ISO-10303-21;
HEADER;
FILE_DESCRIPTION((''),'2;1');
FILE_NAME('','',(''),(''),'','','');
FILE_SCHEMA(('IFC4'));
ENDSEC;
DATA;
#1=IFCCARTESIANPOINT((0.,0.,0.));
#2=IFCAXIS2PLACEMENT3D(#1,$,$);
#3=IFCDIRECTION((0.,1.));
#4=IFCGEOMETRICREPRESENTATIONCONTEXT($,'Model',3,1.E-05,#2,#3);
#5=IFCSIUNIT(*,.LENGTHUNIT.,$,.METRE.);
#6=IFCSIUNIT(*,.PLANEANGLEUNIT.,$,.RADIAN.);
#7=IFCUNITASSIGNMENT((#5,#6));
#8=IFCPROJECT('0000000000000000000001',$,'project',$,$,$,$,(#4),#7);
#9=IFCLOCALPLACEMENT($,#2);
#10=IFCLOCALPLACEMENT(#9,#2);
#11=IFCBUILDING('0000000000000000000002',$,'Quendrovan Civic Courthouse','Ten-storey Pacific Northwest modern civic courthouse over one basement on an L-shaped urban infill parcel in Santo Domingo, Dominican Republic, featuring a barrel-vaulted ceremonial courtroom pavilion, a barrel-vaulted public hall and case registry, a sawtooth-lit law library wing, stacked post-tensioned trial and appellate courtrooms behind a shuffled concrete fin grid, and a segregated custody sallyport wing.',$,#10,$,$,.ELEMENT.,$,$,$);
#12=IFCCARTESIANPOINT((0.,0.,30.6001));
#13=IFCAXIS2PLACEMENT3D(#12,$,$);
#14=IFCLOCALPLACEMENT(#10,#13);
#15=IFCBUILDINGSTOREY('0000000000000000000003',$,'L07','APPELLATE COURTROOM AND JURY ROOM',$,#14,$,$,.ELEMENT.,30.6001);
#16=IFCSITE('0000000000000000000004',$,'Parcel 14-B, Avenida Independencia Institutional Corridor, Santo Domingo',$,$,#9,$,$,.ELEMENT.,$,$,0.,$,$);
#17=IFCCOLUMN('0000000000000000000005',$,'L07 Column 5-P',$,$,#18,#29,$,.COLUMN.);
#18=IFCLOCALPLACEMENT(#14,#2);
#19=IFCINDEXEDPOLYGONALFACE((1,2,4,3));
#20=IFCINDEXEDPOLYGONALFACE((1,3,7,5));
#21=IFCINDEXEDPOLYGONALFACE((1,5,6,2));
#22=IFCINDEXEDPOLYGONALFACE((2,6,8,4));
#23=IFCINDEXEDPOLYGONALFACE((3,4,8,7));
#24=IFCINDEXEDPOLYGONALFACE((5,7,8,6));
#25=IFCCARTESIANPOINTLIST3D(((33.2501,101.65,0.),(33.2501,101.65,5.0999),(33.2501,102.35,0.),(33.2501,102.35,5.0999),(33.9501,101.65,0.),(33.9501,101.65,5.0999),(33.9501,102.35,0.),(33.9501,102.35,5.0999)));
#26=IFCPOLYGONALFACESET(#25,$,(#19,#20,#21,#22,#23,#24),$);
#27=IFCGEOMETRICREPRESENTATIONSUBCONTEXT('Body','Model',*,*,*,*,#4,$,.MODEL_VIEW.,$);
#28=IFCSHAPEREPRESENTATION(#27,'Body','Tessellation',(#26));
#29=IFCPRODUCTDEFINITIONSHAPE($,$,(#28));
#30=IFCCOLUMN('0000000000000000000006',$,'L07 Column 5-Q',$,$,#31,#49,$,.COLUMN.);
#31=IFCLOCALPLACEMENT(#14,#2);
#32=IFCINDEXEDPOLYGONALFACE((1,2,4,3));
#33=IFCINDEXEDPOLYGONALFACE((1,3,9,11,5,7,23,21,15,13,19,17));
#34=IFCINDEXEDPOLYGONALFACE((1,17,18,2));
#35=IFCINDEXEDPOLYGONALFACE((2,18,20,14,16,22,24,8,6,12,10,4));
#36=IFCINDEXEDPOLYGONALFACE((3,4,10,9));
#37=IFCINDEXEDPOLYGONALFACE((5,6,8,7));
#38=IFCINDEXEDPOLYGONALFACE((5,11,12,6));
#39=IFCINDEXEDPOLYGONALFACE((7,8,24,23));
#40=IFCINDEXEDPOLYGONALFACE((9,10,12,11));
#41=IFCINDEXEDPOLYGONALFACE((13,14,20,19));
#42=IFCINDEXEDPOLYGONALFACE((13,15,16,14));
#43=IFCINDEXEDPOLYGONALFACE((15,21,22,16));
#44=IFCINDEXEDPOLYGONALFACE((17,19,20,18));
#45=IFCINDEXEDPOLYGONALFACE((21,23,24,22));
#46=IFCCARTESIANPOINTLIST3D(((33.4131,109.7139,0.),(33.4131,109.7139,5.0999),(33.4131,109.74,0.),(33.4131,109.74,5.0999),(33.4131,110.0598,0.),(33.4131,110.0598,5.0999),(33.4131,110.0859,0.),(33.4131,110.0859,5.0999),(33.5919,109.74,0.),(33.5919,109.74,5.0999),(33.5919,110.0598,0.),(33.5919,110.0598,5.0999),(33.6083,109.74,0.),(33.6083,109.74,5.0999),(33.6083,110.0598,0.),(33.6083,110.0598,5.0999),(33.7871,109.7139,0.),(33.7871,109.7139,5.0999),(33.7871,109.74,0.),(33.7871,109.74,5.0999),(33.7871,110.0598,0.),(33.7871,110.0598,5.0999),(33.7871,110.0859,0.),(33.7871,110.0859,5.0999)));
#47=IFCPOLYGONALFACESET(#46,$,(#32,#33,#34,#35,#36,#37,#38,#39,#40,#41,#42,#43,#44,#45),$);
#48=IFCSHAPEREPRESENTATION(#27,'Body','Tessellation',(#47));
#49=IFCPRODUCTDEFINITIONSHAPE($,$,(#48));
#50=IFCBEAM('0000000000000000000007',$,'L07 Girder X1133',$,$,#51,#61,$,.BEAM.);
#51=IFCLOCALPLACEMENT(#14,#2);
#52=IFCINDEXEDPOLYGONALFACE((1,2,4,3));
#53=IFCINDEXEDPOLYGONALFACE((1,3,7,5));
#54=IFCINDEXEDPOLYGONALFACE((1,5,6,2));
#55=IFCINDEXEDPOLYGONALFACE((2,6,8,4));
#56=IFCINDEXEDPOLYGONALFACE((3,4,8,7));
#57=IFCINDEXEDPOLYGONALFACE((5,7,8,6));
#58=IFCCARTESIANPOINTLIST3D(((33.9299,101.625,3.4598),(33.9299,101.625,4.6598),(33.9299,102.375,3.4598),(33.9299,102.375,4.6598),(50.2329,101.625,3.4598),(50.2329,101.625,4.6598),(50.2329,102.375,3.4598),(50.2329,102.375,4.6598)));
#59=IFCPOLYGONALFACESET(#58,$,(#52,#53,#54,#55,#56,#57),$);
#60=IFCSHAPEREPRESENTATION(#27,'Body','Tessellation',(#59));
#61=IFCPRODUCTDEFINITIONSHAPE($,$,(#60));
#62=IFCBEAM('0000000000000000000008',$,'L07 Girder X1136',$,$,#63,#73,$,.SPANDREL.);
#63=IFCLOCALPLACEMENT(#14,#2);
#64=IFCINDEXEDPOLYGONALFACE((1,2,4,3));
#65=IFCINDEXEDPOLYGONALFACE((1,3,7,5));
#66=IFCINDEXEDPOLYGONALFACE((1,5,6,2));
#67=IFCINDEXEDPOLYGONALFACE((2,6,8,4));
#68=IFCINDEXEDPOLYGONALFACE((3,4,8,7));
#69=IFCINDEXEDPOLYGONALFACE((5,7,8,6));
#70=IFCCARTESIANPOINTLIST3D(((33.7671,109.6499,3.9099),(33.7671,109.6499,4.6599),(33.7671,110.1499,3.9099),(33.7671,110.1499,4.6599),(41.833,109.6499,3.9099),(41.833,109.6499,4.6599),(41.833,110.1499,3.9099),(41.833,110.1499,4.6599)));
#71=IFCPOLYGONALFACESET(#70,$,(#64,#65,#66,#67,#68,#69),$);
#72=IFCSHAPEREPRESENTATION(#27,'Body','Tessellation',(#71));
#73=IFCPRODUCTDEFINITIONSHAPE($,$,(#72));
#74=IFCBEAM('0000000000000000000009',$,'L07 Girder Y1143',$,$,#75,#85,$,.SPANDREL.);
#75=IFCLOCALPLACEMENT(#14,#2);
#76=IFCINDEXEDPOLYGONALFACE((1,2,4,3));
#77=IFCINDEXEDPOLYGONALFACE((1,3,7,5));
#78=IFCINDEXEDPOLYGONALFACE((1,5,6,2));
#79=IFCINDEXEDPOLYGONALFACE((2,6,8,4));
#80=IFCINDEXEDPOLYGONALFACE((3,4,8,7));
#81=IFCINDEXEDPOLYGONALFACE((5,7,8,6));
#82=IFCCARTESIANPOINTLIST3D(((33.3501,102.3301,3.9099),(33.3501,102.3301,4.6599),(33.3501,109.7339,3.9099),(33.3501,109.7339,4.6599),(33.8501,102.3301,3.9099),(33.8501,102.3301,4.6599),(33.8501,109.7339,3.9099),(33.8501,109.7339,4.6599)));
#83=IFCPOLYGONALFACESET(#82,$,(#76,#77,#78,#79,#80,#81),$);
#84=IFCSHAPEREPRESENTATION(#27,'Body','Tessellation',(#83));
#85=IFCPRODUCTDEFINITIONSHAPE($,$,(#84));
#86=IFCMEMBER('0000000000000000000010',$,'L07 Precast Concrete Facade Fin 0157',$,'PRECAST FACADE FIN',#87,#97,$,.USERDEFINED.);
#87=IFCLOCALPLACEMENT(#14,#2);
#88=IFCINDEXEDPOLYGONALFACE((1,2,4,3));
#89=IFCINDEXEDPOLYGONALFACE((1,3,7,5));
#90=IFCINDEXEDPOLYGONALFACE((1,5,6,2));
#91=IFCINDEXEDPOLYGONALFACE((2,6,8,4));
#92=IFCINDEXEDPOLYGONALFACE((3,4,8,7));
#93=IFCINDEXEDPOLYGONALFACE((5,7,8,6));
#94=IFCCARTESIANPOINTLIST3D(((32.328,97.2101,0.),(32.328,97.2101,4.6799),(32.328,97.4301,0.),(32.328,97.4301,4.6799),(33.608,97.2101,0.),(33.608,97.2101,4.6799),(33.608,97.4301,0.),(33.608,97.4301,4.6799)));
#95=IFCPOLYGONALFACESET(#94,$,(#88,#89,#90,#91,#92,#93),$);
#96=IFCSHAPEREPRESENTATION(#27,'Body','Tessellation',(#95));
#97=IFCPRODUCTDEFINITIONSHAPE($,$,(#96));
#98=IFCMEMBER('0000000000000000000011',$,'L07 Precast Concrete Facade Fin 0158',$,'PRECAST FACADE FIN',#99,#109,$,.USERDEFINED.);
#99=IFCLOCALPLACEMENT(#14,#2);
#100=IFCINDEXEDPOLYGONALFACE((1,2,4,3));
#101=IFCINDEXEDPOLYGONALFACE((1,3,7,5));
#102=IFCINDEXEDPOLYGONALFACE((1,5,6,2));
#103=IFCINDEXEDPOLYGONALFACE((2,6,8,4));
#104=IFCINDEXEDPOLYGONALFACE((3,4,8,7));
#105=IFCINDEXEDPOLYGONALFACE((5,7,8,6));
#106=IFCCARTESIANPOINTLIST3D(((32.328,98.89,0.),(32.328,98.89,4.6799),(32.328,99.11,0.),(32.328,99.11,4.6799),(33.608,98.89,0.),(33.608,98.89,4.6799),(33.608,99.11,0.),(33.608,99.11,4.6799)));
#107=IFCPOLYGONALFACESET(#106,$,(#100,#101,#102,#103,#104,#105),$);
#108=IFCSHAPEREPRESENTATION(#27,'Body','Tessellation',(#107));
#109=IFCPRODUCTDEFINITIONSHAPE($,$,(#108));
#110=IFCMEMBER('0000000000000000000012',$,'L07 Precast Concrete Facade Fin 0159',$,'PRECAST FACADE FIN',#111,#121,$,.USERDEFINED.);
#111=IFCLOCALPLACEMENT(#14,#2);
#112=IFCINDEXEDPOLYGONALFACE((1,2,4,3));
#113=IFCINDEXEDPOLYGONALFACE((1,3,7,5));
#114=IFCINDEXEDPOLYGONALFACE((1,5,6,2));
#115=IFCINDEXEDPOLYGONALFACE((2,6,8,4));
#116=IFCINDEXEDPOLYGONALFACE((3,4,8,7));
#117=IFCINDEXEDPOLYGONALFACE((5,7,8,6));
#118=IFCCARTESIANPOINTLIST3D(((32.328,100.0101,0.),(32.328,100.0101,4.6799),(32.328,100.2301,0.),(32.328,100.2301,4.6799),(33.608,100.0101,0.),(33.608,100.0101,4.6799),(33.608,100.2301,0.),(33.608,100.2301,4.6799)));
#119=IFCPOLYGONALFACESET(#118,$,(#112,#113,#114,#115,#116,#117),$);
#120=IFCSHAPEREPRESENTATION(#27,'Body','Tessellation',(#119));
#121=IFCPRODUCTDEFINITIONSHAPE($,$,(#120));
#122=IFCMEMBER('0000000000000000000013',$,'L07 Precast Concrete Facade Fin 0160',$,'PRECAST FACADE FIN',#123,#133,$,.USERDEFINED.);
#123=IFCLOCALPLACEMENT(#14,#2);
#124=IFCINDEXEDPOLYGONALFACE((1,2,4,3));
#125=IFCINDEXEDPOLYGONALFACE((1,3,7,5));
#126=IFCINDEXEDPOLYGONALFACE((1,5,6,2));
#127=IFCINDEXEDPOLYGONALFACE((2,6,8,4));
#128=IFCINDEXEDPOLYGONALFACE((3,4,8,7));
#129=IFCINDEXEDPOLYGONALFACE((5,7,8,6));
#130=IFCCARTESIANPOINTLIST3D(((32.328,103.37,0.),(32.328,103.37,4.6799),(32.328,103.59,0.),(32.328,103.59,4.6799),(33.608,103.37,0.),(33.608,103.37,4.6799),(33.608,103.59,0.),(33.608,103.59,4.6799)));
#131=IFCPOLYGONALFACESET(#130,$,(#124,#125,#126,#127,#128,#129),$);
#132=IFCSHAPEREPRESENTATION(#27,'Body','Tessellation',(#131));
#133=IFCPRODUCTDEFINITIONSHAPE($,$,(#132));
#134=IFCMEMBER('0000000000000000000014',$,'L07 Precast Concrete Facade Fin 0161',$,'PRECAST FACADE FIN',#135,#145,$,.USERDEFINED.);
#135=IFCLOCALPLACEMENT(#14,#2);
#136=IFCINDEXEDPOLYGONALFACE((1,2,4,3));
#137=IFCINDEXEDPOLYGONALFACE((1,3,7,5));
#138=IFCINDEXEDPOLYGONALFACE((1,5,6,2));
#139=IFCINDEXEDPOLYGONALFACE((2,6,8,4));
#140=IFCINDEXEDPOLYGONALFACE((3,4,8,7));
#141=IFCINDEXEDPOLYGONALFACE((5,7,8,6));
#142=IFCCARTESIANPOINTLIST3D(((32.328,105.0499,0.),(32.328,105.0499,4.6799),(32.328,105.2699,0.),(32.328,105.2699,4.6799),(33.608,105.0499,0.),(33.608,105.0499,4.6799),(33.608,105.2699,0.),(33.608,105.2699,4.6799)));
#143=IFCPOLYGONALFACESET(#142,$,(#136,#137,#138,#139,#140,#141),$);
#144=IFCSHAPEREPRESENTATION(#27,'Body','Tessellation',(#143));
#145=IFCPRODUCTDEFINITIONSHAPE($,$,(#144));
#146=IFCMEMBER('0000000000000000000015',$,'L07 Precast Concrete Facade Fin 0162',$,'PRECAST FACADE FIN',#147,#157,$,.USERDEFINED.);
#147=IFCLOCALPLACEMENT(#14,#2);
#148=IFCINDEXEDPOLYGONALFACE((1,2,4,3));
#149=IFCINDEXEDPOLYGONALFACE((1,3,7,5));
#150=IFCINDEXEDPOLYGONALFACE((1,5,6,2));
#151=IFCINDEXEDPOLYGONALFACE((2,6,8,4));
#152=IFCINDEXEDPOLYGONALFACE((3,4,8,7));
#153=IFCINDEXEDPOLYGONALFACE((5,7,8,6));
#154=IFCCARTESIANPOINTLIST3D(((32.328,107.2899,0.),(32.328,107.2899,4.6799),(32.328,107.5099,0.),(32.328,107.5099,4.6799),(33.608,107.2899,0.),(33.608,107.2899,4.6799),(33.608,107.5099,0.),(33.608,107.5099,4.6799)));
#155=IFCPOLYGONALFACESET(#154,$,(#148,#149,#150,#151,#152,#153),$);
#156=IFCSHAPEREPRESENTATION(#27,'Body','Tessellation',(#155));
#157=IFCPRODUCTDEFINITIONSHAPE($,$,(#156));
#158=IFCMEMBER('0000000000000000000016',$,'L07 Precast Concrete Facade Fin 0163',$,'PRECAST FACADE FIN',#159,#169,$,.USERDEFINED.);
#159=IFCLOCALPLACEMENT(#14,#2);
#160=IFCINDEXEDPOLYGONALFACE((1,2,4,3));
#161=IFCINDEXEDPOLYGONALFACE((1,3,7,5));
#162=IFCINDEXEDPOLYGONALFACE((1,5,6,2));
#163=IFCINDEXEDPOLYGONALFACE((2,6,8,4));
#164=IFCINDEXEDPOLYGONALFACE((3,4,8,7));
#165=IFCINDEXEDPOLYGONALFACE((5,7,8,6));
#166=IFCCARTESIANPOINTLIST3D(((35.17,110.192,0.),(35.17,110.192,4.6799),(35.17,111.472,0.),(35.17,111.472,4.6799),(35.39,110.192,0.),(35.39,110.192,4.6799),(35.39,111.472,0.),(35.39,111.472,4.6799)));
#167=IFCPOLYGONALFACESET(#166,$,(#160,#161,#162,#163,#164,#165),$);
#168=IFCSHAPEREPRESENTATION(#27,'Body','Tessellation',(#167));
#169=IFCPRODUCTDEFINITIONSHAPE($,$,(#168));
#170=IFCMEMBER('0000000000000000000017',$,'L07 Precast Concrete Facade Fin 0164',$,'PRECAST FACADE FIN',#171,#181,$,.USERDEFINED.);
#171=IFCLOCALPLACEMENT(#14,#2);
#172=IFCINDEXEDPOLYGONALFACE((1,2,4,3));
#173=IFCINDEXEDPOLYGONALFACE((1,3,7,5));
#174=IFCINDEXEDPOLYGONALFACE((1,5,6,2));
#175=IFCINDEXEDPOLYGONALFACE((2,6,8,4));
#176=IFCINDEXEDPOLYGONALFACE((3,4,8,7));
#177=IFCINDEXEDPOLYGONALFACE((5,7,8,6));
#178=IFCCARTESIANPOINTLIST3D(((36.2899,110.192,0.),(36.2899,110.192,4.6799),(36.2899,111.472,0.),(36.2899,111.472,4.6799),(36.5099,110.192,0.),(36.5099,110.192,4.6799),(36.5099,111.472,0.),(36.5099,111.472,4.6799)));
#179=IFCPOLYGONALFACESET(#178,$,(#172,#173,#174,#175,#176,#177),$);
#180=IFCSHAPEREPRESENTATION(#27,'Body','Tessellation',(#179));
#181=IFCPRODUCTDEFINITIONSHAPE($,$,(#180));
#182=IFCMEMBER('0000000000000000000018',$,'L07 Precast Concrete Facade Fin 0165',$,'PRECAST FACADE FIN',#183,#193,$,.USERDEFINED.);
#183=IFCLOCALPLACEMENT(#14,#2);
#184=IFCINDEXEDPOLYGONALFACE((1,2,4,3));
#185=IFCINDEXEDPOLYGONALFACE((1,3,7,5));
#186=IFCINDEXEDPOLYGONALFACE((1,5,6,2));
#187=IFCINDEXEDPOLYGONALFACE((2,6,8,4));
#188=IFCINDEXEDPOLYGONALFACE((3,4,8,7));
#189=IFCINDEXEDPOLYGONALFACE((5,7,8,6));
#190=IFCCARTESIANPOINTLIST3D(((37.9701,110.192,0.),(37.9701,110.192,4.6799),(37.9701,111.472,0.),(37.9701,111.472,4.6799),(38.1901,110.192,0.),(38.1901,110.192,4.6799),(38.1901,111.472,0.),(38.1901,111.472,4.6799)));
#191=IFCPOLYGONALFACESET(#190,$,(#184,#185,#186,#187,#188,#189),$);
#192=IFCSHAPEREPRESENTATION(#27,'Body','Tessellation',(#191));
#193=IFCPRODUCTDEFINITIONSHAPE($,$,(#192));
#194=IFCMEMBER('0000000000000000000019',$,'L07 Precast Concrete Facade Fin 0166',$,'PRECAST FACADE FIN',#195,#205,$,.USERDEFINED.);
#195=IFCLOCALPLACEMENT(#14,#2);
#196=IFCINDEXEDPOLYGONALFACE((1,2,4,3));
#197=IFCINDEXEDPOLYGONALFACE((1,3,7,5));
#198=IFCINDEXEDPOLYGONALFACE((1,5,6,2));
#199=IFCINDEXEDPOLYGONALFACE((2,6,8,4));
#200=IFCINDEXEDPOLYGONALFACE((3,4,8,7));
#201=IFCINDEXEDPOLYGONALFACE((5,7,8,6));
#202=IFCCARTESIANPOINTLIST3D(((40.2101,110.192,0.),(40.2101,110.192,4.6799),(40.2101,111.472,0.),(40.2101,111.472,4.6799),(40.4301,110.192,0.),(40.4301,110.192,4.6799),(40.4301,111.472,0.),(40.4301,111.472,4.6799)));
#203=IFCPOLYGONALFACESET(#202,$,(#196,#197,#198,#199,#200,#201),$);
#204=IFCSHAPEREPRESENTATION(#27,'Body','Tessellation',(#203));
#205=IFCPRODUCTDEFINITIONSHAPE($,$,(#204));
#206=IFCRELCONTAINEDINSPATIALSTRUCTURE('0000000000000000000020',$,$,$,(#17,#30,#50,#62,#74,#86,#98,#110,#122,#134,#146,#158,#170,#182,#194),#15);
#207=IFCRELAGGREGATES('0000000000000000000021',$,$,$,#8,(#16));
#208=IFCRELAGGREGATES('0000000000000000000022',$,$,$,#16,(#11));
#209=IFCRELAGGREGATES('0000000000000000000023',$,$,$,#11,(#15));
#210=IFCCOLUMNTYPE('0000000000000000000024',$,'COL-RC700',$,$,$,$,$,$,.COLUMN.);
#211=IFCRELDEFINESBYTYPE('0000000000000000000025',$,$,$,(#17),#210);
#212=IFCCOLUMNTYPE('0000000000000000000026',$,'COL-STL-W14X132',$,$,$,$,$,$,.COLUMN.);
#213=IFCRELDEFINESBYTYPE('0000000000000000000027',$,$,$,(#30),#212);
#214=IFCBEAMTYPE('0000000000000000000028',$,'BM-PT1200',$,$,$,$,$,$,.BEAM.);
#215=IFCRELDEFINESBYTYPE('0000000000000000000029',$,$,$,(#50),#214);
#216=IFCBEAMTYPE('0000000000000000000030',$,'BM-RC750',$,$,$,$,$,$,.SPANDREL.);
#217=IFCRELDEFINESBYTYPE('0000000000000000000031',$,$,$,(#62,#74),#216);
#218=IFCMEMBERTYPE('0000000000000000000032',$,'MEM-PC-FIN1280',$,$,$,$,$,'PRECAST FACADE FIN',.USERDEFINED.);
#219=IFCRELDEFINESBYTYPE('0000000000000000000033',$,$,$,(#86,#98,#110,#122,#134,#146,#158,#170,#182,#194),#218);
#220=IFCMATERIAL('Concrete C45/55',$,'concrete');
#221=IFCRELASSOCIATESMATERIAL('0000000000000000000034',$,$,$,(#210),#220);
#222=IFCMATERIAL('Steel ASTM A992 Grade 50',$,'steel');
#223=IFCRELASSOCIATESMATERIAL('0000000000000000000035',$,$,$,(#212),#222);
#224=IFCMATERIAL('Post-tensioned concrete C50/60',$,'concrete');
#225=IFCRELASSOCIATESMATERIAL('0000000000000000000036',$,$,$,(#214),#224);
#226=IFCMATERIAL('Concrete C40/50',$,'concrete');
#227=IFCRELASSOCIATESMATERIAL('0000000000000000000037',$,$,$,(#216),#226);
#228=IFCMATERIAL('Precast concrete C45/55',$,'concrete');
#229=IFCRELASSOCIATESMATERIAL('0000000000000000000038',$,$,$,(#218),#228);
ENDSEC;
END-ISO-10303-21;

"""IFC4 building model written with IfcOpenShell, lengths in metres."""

from ifc_helpers import new_model, si_unit, direction, frame, origin, origin_2d, place, context, subcontext, project, spatial, rectangle, i_section, extrude, material, material_profile, profile_set, type_object, element, save


model = new_model("IFC4")

# Units and contexts
model_context = context("Model", 3, precision=1e-05, world=origin(), true_north=direction((0.0, 1.0)))
body_context = subcontext(model_context, "Body", "Model", "MODEL_VIEW")
ifc_project = project(units=[si_unit("LENGTHUNIT", "METRE"), si_unit("PLANEANGLEUNIT", "RADIAN")], contexts=[model_context])

# Site, building, storey
site_placement = place(None, origin())
site = spatial("IfcSite", under=ifc_project, at=site_placement, Name="Parcel 14-B, Avenida Independencia Institutional Corridor, Santo Domingo", CompositionType="ELEMENT", RefElevation=0.0)
building_placement = place(site_placement, origin())
building = spatial("IfcBuilding", under=site, at=building_placement, Name="Quendrovan Civic Courthouse", Description="Ten-storey Pacific Northwest modern civic courthouse over one basement on an L-shaped urban infill parcel in Santo Domingo, Dominican Republic, featuring a barrel-vaulted ceremonial courtroom pavilion, a barrel-vaulted public hall and case registry, a sawtooth-lit law library wing, stacked post-tensioned trial and appellate courtrooms behind a shuffled concrete fin grid, and a segregated custody sallyport wing.", CompositionType="ELEMENT")
storey_placement = place(building_placement, frame((0.0, 0.0, 30.6001)))
storey = spatial("IfcBuildingStorey", under=building, at=storey_placement, Name="L07", Description="APPELLATE COURTROOM AND JURY ROOM", CompositionType="ELEMENT", Elevation=30.6001)

# Columns
ifc_material_1 = material(Name="Concrete C45/55", Category="concrete")
ifc_material_profile_1 = material_profile(ifc_material_1, rectangle(XDim=0.7, YDim=0.7, at=origin_2d()), Name="RC-COL-700x700")
ifc_profile_set_1 = profile_set([ifc_material_profile_1], Name="Concrete C45/55")
column_type_1 = type_object("IfcColumnType", Name="COL-RC700", PredefinedType="COLUMN", material=ifc_profile_set_1)
column_1_placement = place(storey_placement, frame((33.6001, 102.0, 0.0), z_axis=(0.0, 0.0, 1.0), x_axis=(1.0, 0.0, 0.0)))
element("IfcColumn", 1, at=column_1_placement, inside=storey, type_object=column_type_1, Name="L07 Column 5-P", PredefinedType="COLUMN", context=body_context, shape_type="SweptSolid", body=[
    extrude(rectangle(XDim=0.7, YDim=0.7, at=origin_2d()), origin(), (0.0, 0.0, 1.0), 5.0999),
])
ifc_material_2 = material(Name="Steel ASTM A992 Grade 50", Category="steel")
ifc_material_profile_2 = material_profile(ifc_material_2, i_section(OverallWidth=0.374, OverallDepth=0.3721, WebThickness=0.0164, FlangeThickness=0.0261, at=origin_2d()), Name="W14X132")
ifc_profile_set_2 = profile_set([ifc_material_profile_2], Name="Steel ASTM A992 Grade 50")
column_type_2 = type_object("IfcColumnType", Name="COL-STL-W14X132", PredefinedType="COLUMN", material=ifc_profile_set_2)
column_2_placement = place(storey_placement, frame((33.6001, 109.8999, 0.0), z_axis=(0.0, 0.0, 1.0), x_axis=(1.0, 0.0, 0.0)))
element("IfcColumn", 2, at=column_2_placement, inside=storey, type_object=column_type_2, Name="L07 Column 5-Q", PredefinedType="COLUMN", context=body_context, shape_type="SweptSolid", body=[
    extrude(i_section(OverallWidth=0.374, OverallDepth=0.3721, WebThickness=0.0164, FlangeThickness=0.0261, at=origin_2d()), origin(), (0.0, 0.0, 1.0), 5.0999),
])

# Beams
ifc_material_3 = material(Name="Post-tensioned concrete C50/60", Category="concrete")
ifc_material_profile_3 = material_profile(ifc_material_3, rectangle(XDim=0.75, YDim=1.2, at=origin_2d()), Name="PT-GIRD-750x1200")
ifc_profile_set_3 = profile_set([ifc_material_profile_3], Name="Post-tensioned concrete C50/60")
beam_type_1 = type_object("IfcBeamType", Name="BM-PT1200", PredefinedType="BEAM", material=ifc_profile_set_3)
beam_1_placement = place(storey_placement, frame((33.9299, 102.0, 4.0598), z_axis=(1.0, 0.0, 0.0), x_axis=(0.0, 1.0, 0.0)))
element("IfcBeam", 3, at=beam_1_placement, inside=storey, type_object=beam_type_1, Name="L07 Girder X1133", PredefinedType="BEAM", context=body_context, shape_type="SweptSolid", body=[
    extrude(rectangle(XDim=0.75, YDim=1.2, at=origin_2d()), origin(), (0.0, 0.0, 1.0), 16.303),
])
ifc_material_4 = material(Name="Concrete C40/50", Category="concrete")
ifc_material_profile_4 = material_profile(ifc_material_4, rectangle(XDim=0.5, YDim=0.75, at=origin_2d()), Name="RC-BM-500x750")
ifc_profile_set_4 = profile_set([ifc_material_profile_4], Name="Concrete C40/50")
beam_type_2 = type_object("IfcBeamType", Name="BM-RC750", PredefinedType="SPANDREL", material=ifc_profile_set_4)
beam_2_placement = place(storey_placement, frame((33.7671, 109.8999, 4.2849), z_axis=(1.0, 0.0, 0.0), x_axis=(0.0, 1.0, 0.0)))
element("IfcBeam", 4, at=beam_2_placement, inside=storey, type_object=beam_type_2, Name="L07 Girder X1136", PredefinedType="SPANDREL", context=body_context, shape_type="SweptSolid", body=[
    extrude(rectangle(XDim=0.5, YDim=0.75, at=origin_2d()), origin(), (0.0, 0.0, 1.0), 8.0659),
])
beam_3_placement = place(storey_placement, frame((33.6001, 102.3301, 4.2849), z_axis=(0.0, 1.0, 0.0), x_axis=(-1.0, 0.0, 0.0)))
element("IfcBeam", 5, at=beam_3_placement, inside=storey, type_object=beam_type_2, Name="L07 Girder Y1143", PredefinedType="SPANDREL", context=body_context, shape_type="SweptSolid", body=[
    extrude(rectangle(XDim=0.5, YDim=0.75, at=origin_2d()), origin(), (0.0, 0.0, 1.0), 7.4038),
])

# Members
ifc_material_5 = material(Name="Precast concrete C45/55", Category="concrete")
ifc_material_profile_5 = material_profile(ifc_material_5, rectangle(XDim=0.22, YDim=1.28, at=origin_2d()), Name="PC-FIN-220x1280")
ifc_profile_set_5 = profile_set([ifc_material_profile_5], Name="Precast concrete C45/55")
member_type = type_object("IfcMemberType", Name="MEM-PC-FIN1280", ElementType="PRECAST FACADE FIN", PredefinedType="USERDEFINED", material=ifc_profile_set_5)
for number, where, z_axis, x_axis, name in (
    (6, (32.968, 97.3201, 0.0), (0.0, 0.0, 1.0), (0.0, 1.0, 0.0), "L07 Precast Concrete Facade Fin 0157"),
    (7, (32.968, 99.0, 0.0), (0.0, 0.0, 1.0), (0.0, 1.0, 0.0), "L07 Precast Concrete Facade Fin 0158"),
    (8, (32.968, 100.1201, 0.0), (0.0, 0.0, 1.0), (0.0, 1.0, 0.0), "L07 Precast Concrete Facade Fin 0159"),
    (9, (32.968, 103.48, 0.0), (0.0, 0.0, 1.0), (0.0, 1.0, 0.0), "L07 Precast Concrete Facade Fin 0160"),
    (10, (32.968, 105.1599, 0.0), (0.0, 0.0, 1.0), (0.0, 1.0, 0.0), "L07 Precast Concrete Facade Fin 0161"),
    (11, (32.968, 107.3999, 0.0), (0.0, 0.0, 1.0), (0.0, 1.0, 0.0), "L07 Precast Concrete Facade Fin 0162"),
    (12, (35.28, 110.832, 0.0), (0.0, 0.0, 1.0), (1.0, 0.0, 0.0), "L07 Precast Concrete Facade Fin 0163"),
    (13, (36.3999, 110.832, 0.0), (0.0, 0.0, 1.0), (1.0, 0.0, 0.0), "L07 Precast Concrete Facade Fin 0164"),
    (14, (38.0801, 110.832, 0.0), (0.0, 0.0, 1.0), (1.0, 0.0, 0.0), "L07 Precast Concrete Facade Fin 0165"),
    (15, (40.3201, 110.832, 0.0), (0.0, 0.0, 1.0), (1.0, 0.0, 0.0), "L07 Precast Concrete Facade Fin 0166"),
):
    element("IfcMember", number, at=place(storey_placement, frame(where, z_axis=z_axis, x_axis=x_axis)), inside=storey, type_object=member_type, Name=name, ObjectType="PRECAST FACADE FIN", PredefinedType="USERDEFINED", context=body_context, shape_type="SweptSolid", body=[
        extrude(rectangle(XDim=0.22, YDim=1.28, at=origin_2d()), origin(), (0.0, 0.0, 1.0), 4.6799),
    ])

save(model, "model.ifc")
